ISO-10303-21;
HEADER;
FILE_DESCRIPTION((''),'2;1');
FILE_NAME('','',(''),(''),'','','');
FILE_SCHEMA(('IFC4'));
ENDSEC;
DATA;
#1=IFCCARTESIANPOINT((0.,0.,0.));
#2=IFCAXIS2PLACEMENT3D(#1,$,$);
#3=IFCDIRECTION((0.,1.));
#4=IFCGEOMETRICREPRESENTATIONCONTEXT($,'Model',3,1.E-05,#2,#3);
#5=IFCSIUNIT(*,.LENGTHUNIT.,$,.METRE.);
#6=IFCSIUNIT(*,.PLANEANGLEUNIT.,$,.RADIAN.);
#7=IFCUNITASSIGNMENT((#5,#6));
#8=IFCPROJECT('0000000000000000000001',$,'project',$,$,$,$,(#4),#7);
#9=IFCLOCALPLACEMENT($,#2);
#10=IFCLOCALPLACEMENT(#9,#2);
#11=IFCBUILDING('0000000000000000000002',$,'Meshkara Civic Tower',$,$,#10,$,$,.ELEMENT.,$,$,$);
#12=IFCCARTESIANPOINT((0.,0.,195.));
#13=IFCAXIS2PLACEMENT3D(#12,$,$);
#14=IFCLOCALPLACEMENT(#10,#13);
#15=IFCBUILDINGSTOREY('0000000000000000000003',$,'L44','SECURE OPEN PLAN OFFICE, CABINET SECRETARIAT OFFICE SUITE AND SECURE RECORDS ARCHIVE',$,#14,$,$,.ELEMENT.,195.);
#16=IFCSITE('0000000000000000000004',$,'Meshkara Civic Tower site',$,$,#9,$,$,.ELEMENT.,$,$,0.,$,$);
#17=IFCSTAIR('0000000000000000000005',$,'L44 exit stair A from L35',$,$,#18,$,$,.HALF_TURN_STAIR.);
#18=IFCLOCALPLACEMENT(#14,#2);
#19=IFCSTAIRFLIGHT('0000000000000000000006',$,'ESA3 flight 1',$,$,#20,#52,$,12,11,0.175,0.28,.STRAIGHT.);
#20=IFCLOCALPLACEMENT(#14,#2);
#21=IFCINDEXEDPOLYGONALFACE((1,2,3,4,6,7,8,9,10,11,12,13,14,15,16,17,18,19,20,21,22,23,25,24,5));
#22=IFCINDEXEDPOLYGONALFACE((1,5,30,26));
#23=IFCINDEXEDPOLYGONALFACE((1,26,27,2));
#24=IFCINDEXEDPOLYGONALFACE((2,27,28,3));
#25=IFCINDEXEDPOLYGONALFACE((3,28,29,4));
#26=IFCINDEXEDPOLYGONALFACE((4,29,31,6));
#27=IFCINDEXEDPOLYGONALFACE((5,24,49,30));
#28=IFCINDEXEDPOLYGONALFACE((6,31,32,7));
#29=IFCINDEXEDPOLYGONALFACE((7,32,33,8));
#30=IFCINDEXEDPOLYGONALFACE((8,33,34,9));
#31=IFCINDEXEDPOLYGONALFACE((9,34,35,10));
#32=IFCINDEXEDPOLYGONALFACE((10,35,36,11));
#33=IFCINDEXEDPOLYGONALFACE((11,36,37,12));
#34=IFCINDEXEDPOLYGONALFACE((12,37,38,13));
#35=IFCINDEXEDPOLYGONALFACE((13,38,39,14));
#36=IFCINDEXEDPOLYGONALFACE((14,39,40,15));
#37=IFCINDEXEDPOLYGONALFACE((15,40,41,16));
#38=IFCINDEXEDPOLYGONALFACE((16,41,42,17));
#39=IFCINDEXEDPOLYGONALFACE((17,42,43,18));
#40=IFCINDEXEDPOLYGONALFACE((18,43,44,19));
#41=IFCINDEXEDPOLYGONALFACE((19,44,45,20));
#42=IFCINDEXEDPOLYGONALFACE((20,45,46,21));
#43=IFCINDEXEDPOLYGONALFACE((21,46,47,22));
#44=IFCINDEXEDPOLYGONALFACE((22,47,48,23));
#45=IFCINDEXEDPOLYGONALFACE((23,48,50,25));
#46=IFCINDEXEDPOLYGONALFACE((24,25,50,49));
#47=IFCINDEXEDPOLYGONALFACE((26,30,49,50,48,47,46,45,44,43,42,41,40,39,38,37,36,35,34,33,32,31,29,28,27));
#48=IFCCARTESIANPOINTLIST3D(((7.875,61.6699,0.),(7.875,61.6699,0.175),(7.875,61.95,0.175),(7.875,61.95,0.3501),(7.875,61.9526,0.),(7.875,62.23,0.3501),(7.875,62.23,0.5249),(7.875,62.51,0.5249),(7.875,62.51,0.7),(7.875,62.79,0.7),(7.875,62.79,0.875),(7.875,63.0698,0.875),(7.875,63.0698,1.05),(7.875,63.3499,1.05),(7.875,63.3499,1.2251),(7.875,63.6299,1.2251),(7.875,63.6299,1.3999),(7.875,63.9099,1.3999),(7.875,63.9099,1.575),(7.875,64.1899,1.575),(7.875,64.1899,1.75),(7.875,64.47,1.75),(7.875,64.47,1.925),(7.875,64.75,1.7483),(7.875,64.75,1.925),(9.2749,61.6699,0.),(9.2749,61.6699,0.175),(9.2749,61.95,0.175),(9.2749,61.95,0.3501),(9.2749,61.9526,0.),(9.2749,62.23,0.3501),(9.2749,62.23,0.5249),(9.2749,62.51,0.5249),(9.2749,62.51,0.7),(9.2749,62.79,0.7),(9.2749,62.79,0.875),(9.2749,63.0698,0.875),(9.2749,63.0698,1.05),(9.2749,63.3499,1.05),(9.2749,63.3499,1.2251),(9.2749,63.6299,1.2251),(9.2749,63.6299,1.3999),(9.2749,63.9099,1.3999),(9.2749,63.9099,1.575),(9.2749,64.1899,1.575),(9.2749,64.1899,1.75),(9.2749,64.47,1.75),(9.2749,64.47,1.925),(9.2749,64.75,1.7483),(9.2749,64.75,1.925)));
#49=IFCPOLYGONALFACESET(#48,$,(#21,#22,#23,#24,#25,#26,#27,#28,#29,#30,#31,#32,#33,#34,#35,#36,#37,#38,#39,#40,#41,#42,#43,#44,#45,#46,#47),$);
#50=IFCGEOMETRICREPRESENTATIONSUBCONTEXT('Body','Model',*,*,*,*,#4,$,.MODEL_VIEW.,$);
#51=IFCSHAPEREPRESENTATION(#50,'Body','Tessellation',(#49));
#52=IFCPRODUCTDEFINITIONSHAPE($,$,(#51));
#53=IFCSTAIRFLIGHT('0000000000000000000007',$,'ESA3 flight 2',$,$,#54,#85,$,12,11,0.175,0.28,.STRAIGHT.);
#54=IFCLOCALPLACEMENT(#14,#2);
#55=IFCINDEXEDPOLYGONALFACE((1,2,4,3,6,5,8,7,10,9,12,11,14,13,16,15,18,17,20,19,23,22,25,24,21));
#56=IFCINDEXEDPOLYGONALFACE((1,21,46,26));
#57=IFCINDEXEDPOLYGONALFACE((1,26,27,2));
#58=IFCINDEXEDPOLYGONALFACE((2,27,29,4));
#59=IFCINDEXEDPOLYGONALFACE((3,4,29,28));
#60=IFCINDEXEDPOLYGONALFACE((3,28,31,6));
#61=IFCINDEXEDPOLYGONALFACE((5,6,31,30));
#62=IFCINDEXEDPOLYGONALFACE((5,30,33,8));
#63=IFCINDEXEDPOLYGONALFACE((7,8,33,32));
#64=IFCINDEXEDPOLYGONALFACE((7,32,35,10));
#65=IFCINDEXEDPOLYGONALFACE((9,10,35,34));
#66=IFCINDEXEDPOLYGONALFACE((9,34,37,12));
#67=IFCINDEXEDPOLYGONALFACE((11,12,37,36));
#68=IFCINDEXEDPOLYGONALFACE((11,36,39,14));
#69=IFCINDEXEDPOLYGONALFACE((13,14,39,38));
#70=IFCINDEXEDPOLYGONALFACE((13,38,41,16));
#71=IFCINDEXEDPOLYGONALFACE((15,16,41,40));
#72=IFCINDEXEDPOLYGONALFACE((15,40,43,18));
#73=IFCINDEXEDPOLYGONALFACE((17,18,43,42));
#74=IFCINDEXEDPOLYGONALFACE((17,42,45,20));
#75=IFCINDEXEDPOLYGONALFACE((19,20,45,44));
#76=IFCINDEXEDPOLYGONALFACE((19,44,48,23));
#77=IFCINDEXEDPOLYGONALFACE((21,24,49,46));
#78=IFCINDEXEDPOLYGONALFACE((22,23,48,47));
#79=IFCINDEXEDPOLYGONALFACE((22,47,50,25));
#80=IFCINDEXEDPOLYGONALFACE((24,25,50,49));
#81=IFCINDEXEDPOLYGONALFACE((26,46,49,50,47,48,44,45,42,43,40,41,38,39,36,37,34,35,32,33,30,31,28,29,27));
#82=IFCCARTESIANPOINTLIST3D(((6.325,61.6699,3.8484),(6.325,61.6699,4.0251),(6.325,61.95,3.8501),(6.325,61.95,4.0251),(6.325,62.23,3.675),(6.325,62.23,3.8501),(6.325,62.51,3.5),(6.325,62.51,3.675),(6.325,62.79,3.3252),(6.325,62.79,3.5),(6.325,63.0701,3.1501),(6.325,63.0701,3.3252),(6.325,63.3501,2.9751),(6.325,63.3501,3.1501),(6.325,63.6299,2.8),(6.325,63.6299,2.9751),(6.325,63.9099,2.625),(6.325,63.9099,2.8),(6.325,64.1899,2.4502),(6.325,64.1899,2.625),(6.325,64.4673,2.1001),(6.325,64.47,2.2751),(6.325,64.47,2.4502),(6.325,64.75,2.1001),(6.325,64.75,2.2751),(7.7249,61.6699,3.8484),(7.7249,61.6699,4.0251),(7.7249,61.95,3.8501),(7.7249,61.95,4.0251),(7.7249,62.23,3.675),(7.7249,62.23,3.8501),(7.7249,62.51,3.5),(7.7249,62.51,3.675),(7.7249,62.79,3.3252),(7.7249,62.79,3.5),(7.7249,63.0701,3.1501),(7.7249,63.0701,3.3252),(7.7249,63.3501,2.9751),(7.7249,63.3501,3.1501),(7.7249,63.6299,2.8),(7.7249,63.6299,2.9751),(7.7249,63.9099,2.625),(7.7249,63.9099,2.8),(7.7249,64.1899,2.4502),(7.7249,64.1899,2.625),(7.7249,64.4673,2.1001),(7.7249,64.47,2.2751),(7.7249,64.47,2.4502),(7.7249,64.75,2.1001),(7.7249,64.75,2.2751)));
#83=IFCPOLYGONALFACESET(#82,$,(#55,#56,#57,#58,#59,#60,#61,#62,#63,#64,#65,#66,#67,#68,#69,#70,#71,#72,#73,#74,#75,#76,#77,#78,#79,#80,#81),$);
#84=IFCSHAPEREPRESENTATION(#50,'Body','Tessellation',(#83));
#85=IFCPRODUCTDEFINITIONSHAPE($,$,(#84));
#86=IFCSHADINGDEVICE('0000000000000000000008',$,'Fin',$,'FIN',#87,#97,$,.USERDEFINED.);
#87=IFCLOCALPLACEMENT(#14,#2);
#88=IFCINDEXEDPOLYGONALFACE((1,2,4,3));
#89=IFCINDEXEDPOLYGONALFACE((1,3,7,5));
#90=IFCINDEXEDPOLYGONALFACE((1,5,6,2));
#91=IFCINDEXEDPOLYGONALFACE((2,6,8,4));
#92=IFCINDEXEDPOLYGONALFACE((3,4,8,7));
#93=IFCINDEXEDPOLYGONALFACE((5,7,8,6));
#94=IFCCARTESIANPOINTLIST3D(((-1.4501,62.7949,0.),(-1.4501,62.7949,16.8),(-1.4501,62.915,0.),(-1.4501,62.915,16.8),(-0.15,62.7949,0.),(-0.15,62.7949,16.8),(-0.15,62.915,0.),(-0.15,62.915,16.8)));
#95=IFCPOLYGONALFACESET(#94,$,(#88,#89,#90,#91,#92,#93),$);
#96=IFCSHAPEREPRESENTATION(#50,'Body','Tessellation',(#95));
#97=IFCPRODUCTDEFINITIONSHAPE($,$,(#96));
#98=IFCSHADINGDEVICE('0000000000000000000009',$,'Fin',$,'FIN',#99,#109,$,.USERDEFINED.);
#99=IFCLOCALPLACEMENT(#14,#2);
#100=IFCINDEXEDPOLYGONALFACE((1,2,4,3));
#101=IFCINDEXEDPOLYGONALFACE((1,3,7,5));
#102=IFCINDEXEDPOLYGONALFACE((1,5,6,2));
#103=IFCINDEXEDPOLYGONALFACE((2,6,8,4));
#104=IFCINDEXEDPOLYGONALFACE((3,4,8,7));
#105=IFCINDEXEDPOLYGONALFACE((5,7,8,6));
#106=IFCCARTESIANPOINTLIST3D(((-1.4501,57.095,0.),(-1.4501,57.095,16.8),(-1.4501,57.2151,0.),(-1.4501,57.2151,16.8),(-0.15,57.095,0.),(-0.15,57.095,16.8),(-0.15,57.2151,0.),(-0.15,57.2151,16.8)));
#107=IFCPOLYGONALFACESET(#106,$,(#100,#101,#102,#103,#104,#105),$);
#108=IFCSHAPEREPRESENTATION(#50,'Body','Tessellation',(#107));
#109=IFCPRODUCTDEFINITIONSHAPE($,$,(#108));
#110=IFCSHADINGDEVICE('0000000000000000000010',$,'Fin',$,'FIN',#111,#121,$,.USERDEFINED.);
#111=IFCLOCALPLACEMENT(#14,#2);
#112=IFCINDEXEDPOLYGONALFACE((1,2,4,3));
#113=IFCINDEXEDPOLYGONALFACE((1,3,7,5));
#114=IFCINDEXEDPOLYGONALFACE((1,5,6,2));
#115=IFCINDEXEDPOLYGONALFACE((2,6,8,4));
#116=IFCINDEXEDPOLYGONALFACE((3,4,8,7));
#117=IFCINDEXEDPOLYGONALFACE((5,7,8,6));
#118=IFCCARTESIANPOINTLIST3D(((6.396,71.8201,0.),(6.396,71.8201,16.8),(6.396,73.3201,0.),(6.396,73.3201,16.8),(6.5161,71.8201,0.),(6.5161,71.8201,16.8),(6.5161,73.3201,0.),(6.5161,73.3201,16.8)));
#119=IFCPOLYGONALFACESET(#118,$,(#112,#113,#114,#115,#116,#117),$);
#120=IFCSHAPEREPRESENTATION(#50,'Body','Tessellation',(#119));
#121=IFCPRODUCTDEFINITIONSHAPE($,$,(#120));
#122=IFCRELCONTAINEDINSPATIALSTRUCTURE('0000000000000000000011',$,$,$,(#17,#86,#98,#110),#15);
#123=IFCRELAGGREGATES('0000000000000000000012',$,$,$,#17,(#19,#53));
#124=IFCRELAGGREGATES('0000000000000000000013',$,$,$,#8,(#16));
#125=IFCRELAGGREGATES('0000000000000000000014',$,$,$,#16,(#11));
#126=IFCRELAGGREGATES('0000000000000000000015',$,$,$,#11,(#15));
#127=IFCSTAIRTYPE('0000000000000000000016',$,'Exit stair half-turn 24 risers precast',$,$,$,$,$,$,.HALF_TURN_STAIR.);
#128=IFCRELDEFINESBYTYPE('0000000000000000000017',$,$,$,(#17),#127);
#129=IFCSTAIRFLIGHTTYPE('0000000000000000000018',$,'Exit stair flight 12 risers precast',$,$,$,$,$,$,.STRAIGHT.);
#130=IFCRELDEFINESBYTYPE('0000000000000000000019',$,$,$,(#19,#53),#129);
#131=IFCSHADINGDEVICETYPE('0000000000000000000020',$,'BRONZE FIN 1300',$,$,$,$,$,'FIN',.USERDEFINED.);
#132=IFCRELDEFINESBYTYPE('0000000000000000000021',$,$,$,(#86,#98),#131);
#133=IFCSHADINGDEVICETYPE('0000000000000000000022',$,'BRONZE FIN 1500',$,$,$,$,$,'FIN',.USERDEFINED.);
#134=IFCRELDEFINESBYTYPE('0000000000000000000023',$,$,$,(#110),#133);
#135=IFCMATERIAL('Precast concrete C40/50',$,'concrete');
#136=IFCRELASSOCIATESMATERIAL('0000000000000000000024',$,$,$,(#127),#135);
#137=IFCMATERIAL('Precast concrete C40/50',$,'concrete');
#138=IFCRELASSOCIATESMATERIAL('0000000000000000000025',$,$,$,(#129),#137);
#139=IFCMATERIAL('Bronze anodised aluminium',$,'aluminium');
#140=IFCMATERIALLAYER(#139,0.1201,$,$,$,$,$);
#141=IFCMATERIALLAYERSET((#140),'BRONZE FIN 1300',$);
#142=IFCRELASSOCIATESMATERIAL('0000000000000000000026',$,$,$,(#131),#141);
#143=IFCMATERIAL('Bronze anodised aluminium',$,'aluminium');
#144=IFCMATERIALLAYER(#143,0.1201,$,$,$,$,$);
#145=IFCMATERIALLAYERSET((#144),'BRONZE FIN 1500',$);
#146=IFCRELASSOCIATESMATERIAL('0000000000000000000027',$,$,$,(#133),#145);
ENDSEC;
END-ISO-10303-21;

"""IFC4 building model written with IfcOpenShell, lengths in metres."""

from ifc_helpers import new_model, si_unit, direction, frame, origin, origin_2d, place, context, subcontext, project, spatial, polyline, rectangle, outline, extrude, material, layer, layer_set, type_object, element, aggregate, save


model = new_model("IFC4")

# Units and contexts
model_context = context("Model", 3, precision=1e-05, world=origin(), true_north=direction((0.0, 1.0)))
body_context = subcontext(model_context, "Body", "Model", "MODEL_VIEW")
ifc_project = project(units=[si_unit("LENGTHUNIT", "METRE"), si_unit("PLANEANGLEUNIT", "RADIAN")], contexts=[model_context])

# Site, building, storey
site_placement = place(None, origin())
site = spatial("IfcSite", under=ifc_project, at=site_placement, Name="Meshkara Civic Tower site", CompositionType="ELEMENT", RefElevation=0.0)
building_placement = place(site_placement, origin())
building = spatial("IfcBuilding", under=site, at=building_placement, Name="Meshkara Civic Tower", CompositionType="ELEMENT")
storey_placement = place(building_placement, frame((0.0, 0.0, 195.0)))
storey = spatial("IfcBuildingStorey", under=building, at=storey_placement, Name="L44", Description="SECURE OPEN PLAN OFFICE, CABINET SECRETARIAT OFFICE SUITE AND SECURE RECORDS ARCHIVE", CompositionType="ELEMENT", Elevation=195.0)

# Stair, stair flights
ifc_material_1 = material(Name="Precast concrete C40/50", Category="concrete")
stair_type = type_object("IfcStairType", Name="Exit stair half-turn 24 risers precast", PredefinedType="HALF_TURN_STAIR", material=ifc_material_1)
stair_placement = place(storey_placement, origin())
stair = element("IfcStair", 1, at=stair_placement, inside=storey, type_object=stair_type, Name="L44 exit stair A from L35", PredefinedType="HALF_TURN_STAIR")
ifc_material_2 = material(Name="Precast concrete C40/50", Category="concrete")
stair_flight_type = type_object("IfcStairFlightType", Name="Exit stair flight 12 risers precast", PredefinedType="STRAIGHT", material=ifc_material_2)
stair_flight_1_placement = place(storey_placement, frame((8.575, 61.6699, 0.0), z_axis=(0.0, 0.0, 1.0), x_axis=(0.0, 1.0, 0.0)))
stair_flight_1 = element("IfcStairFlight", 2, at=stair_flight_1_placement, type_object=stair_flight_type, Name="ESA3 flight 1", NumberOfRisers=12, NumberOfTreads=11, PredefinedType="STRAIGHT", RiserHeight=0.175, TreadLength=0.28, context=body_context, shape_type="SweptSolid", body=[
    extrude(outline(polyline([(0.0, 0.0), (0.0, 0.175), (0.28, 0.175), (0.28, 0.3501), (0.5601, 0.3501), (0.5601, 0.5249), (0.8401, 0.5249), (0.8401, 0.7), (1.1201, 0.7), (1.1201, 0.875), (1.3999, 0.875), (1.3999, 1.05), (1.6799, 1.05), (1.6799, 1.2251), (1.96, 1.2251), (1.96, 1.3999), (2.24, 1.3999), (2.24, 1.575), (2.52, 1.575), (2.52, 1.75), (2.8, 1.75), (2.8, 1.925), (3.0801, 1.925), (3.0801, 2.1001), (3.0801, 1.7483), (0.2827, 0.0), (0.0, 0.0)])), frame((0.0, 0.7, 0.0), z_axis=(0.0, -1.0, 0.0), x_axis=(1.0, 0.0, 0.0)), (0.0, 0.0, 1.0), 1.3999),
])
stair_flight_2_placement = place(storey_placement, frame((7.0249, 64.75, 2.1001), z_axis=(0.0, 0.0, 1.0), x_axis=(0.0, -1.0, 0.0)))
stair_flight_2 = element("IfcStairFlight", 3, at=stair_flight_2_placement, type_object=stair_flight_type, Name="ESA3 flight 2", NumberOfRisers=12, NumberOfTreads=11, PredefinedType="STRAIGHT", RiserHeight=0.175, TreadLength=0.28, context=body_context, shape_type="SweptSolid", body=[
    extrude(outline(polyline([(0.0, 0.0), (0.0, 0.175), (0.28, 0.175), (0.28, 0.3501), (0.5601, 0.3501), (0.5601, 0.5249), (0.8401, 0.5249), (0.8401, 0.7), (1.1201, 0.7), (1.1201, 0.875), (1.3999, 0.875), (1.3999, 1.05), (1.6799, 1.05), (1.6799, 1.2251), (1.96, 1.2251), (1.96, 1.3999), (2.24, 1.3999), (2.24, 1.575), (2.52, 1.575), (2.52, 1.75), (2.8, 1.75), (2.8, 1.925), (3.0801, 1.925), (3.0801, 2.1001), (3.0801, 1.7483), (0.2827, 0.0), (0.0, 0.0)])), frame((0.0, 0.7, 0.0), z_axis=(0.0, -1.0, 0.0), x_axis=(1.0, 0.0, 0.0)), (0.0, 0.0, 1.0), 1.3999),
])
aggregate(stair, [stair_flight_1, stair_flight_2])

# Shading devices
ifc_material_3 = material(Name="Bronze anodised aluminium", Category="aluminium")
ifc_layer_1 = layer(ifc_material_3, 0.1201)
ifc_layer_set_1 = layer_set([ifc_layer_1], Name="BRONZE FIN 1300")
shading_device_type_1 = type_object("IfcShadingDeviceType", Name="BRONZE FIN 1300", ElementType="FIN", PredefinedType="USERDEFINED", material=ifc_layer_set_1)
for number, where, z_axis, x_axis, name in (
    (4, (-0.8, 62.855, 0.0), (0.0, 0.0, 1.0), (0.0, -1.0, 0.0), "Fin"),
    (5, (-0.8, 57.155, 0.0), (0.0, 0.0, 1.0), (0.0, -1.0, 0.0), "Fin"),
):
    element("IfcShadingDevice", number, at=place(storey_placement, frame(where, z_axis=z_axis, x_axis=x_axis)), inside=storey, type_object=shading_device_type_1, Name=name, ObjectType="FIN", PredefinedType="USERDEFINED", context=body_context, shape_type="SweptSolid", body=[
        extrude(rectangle(XDim=0.1201, YDim=1.3, at=origin_2d()), origin(), (0.0, 0.0, 1.0), 16.8),
    ])
ifc_material_4 = material(Name="Bronze anodised aluminium", Category="aluminium")
ifc_layer_2 = layer(ifc_material_4, 0.1201)
ifc_layer_set_2 = layer_set([ifc_layer_2], Name="BRONZE FIN 1500")
shading_device_type_2 = type_object("IfcShadingDeviceType", Name="BRONZE FIN 1500", ElementType="FIN", PredefinedType="USERDEFINED", material=ifc_layer_set_2)
shading_device_placement = place(storey_placement, frame((6.4561, 72.5701, 0.0), z_axis=(0.0, 0.0, 1.0), x_axis=(-1.0, 0.0, 0.0)))
element("IfcShadingDevice", 6, at=shading_device_placement, inside=storey, type_object=shading_device_type_2, Name="Fin", ObjectType="FIN", PredefinedType="USERDEFINED", context=body_context, shape_type="SweptSolid", body=[
    extrude(rectangle(XDim=0.1201, YDim=1.5, at=origin_2d()), origin(), (0.0, 0.0, 1.0), 16.8),
])

save(model, "model.ifc")
